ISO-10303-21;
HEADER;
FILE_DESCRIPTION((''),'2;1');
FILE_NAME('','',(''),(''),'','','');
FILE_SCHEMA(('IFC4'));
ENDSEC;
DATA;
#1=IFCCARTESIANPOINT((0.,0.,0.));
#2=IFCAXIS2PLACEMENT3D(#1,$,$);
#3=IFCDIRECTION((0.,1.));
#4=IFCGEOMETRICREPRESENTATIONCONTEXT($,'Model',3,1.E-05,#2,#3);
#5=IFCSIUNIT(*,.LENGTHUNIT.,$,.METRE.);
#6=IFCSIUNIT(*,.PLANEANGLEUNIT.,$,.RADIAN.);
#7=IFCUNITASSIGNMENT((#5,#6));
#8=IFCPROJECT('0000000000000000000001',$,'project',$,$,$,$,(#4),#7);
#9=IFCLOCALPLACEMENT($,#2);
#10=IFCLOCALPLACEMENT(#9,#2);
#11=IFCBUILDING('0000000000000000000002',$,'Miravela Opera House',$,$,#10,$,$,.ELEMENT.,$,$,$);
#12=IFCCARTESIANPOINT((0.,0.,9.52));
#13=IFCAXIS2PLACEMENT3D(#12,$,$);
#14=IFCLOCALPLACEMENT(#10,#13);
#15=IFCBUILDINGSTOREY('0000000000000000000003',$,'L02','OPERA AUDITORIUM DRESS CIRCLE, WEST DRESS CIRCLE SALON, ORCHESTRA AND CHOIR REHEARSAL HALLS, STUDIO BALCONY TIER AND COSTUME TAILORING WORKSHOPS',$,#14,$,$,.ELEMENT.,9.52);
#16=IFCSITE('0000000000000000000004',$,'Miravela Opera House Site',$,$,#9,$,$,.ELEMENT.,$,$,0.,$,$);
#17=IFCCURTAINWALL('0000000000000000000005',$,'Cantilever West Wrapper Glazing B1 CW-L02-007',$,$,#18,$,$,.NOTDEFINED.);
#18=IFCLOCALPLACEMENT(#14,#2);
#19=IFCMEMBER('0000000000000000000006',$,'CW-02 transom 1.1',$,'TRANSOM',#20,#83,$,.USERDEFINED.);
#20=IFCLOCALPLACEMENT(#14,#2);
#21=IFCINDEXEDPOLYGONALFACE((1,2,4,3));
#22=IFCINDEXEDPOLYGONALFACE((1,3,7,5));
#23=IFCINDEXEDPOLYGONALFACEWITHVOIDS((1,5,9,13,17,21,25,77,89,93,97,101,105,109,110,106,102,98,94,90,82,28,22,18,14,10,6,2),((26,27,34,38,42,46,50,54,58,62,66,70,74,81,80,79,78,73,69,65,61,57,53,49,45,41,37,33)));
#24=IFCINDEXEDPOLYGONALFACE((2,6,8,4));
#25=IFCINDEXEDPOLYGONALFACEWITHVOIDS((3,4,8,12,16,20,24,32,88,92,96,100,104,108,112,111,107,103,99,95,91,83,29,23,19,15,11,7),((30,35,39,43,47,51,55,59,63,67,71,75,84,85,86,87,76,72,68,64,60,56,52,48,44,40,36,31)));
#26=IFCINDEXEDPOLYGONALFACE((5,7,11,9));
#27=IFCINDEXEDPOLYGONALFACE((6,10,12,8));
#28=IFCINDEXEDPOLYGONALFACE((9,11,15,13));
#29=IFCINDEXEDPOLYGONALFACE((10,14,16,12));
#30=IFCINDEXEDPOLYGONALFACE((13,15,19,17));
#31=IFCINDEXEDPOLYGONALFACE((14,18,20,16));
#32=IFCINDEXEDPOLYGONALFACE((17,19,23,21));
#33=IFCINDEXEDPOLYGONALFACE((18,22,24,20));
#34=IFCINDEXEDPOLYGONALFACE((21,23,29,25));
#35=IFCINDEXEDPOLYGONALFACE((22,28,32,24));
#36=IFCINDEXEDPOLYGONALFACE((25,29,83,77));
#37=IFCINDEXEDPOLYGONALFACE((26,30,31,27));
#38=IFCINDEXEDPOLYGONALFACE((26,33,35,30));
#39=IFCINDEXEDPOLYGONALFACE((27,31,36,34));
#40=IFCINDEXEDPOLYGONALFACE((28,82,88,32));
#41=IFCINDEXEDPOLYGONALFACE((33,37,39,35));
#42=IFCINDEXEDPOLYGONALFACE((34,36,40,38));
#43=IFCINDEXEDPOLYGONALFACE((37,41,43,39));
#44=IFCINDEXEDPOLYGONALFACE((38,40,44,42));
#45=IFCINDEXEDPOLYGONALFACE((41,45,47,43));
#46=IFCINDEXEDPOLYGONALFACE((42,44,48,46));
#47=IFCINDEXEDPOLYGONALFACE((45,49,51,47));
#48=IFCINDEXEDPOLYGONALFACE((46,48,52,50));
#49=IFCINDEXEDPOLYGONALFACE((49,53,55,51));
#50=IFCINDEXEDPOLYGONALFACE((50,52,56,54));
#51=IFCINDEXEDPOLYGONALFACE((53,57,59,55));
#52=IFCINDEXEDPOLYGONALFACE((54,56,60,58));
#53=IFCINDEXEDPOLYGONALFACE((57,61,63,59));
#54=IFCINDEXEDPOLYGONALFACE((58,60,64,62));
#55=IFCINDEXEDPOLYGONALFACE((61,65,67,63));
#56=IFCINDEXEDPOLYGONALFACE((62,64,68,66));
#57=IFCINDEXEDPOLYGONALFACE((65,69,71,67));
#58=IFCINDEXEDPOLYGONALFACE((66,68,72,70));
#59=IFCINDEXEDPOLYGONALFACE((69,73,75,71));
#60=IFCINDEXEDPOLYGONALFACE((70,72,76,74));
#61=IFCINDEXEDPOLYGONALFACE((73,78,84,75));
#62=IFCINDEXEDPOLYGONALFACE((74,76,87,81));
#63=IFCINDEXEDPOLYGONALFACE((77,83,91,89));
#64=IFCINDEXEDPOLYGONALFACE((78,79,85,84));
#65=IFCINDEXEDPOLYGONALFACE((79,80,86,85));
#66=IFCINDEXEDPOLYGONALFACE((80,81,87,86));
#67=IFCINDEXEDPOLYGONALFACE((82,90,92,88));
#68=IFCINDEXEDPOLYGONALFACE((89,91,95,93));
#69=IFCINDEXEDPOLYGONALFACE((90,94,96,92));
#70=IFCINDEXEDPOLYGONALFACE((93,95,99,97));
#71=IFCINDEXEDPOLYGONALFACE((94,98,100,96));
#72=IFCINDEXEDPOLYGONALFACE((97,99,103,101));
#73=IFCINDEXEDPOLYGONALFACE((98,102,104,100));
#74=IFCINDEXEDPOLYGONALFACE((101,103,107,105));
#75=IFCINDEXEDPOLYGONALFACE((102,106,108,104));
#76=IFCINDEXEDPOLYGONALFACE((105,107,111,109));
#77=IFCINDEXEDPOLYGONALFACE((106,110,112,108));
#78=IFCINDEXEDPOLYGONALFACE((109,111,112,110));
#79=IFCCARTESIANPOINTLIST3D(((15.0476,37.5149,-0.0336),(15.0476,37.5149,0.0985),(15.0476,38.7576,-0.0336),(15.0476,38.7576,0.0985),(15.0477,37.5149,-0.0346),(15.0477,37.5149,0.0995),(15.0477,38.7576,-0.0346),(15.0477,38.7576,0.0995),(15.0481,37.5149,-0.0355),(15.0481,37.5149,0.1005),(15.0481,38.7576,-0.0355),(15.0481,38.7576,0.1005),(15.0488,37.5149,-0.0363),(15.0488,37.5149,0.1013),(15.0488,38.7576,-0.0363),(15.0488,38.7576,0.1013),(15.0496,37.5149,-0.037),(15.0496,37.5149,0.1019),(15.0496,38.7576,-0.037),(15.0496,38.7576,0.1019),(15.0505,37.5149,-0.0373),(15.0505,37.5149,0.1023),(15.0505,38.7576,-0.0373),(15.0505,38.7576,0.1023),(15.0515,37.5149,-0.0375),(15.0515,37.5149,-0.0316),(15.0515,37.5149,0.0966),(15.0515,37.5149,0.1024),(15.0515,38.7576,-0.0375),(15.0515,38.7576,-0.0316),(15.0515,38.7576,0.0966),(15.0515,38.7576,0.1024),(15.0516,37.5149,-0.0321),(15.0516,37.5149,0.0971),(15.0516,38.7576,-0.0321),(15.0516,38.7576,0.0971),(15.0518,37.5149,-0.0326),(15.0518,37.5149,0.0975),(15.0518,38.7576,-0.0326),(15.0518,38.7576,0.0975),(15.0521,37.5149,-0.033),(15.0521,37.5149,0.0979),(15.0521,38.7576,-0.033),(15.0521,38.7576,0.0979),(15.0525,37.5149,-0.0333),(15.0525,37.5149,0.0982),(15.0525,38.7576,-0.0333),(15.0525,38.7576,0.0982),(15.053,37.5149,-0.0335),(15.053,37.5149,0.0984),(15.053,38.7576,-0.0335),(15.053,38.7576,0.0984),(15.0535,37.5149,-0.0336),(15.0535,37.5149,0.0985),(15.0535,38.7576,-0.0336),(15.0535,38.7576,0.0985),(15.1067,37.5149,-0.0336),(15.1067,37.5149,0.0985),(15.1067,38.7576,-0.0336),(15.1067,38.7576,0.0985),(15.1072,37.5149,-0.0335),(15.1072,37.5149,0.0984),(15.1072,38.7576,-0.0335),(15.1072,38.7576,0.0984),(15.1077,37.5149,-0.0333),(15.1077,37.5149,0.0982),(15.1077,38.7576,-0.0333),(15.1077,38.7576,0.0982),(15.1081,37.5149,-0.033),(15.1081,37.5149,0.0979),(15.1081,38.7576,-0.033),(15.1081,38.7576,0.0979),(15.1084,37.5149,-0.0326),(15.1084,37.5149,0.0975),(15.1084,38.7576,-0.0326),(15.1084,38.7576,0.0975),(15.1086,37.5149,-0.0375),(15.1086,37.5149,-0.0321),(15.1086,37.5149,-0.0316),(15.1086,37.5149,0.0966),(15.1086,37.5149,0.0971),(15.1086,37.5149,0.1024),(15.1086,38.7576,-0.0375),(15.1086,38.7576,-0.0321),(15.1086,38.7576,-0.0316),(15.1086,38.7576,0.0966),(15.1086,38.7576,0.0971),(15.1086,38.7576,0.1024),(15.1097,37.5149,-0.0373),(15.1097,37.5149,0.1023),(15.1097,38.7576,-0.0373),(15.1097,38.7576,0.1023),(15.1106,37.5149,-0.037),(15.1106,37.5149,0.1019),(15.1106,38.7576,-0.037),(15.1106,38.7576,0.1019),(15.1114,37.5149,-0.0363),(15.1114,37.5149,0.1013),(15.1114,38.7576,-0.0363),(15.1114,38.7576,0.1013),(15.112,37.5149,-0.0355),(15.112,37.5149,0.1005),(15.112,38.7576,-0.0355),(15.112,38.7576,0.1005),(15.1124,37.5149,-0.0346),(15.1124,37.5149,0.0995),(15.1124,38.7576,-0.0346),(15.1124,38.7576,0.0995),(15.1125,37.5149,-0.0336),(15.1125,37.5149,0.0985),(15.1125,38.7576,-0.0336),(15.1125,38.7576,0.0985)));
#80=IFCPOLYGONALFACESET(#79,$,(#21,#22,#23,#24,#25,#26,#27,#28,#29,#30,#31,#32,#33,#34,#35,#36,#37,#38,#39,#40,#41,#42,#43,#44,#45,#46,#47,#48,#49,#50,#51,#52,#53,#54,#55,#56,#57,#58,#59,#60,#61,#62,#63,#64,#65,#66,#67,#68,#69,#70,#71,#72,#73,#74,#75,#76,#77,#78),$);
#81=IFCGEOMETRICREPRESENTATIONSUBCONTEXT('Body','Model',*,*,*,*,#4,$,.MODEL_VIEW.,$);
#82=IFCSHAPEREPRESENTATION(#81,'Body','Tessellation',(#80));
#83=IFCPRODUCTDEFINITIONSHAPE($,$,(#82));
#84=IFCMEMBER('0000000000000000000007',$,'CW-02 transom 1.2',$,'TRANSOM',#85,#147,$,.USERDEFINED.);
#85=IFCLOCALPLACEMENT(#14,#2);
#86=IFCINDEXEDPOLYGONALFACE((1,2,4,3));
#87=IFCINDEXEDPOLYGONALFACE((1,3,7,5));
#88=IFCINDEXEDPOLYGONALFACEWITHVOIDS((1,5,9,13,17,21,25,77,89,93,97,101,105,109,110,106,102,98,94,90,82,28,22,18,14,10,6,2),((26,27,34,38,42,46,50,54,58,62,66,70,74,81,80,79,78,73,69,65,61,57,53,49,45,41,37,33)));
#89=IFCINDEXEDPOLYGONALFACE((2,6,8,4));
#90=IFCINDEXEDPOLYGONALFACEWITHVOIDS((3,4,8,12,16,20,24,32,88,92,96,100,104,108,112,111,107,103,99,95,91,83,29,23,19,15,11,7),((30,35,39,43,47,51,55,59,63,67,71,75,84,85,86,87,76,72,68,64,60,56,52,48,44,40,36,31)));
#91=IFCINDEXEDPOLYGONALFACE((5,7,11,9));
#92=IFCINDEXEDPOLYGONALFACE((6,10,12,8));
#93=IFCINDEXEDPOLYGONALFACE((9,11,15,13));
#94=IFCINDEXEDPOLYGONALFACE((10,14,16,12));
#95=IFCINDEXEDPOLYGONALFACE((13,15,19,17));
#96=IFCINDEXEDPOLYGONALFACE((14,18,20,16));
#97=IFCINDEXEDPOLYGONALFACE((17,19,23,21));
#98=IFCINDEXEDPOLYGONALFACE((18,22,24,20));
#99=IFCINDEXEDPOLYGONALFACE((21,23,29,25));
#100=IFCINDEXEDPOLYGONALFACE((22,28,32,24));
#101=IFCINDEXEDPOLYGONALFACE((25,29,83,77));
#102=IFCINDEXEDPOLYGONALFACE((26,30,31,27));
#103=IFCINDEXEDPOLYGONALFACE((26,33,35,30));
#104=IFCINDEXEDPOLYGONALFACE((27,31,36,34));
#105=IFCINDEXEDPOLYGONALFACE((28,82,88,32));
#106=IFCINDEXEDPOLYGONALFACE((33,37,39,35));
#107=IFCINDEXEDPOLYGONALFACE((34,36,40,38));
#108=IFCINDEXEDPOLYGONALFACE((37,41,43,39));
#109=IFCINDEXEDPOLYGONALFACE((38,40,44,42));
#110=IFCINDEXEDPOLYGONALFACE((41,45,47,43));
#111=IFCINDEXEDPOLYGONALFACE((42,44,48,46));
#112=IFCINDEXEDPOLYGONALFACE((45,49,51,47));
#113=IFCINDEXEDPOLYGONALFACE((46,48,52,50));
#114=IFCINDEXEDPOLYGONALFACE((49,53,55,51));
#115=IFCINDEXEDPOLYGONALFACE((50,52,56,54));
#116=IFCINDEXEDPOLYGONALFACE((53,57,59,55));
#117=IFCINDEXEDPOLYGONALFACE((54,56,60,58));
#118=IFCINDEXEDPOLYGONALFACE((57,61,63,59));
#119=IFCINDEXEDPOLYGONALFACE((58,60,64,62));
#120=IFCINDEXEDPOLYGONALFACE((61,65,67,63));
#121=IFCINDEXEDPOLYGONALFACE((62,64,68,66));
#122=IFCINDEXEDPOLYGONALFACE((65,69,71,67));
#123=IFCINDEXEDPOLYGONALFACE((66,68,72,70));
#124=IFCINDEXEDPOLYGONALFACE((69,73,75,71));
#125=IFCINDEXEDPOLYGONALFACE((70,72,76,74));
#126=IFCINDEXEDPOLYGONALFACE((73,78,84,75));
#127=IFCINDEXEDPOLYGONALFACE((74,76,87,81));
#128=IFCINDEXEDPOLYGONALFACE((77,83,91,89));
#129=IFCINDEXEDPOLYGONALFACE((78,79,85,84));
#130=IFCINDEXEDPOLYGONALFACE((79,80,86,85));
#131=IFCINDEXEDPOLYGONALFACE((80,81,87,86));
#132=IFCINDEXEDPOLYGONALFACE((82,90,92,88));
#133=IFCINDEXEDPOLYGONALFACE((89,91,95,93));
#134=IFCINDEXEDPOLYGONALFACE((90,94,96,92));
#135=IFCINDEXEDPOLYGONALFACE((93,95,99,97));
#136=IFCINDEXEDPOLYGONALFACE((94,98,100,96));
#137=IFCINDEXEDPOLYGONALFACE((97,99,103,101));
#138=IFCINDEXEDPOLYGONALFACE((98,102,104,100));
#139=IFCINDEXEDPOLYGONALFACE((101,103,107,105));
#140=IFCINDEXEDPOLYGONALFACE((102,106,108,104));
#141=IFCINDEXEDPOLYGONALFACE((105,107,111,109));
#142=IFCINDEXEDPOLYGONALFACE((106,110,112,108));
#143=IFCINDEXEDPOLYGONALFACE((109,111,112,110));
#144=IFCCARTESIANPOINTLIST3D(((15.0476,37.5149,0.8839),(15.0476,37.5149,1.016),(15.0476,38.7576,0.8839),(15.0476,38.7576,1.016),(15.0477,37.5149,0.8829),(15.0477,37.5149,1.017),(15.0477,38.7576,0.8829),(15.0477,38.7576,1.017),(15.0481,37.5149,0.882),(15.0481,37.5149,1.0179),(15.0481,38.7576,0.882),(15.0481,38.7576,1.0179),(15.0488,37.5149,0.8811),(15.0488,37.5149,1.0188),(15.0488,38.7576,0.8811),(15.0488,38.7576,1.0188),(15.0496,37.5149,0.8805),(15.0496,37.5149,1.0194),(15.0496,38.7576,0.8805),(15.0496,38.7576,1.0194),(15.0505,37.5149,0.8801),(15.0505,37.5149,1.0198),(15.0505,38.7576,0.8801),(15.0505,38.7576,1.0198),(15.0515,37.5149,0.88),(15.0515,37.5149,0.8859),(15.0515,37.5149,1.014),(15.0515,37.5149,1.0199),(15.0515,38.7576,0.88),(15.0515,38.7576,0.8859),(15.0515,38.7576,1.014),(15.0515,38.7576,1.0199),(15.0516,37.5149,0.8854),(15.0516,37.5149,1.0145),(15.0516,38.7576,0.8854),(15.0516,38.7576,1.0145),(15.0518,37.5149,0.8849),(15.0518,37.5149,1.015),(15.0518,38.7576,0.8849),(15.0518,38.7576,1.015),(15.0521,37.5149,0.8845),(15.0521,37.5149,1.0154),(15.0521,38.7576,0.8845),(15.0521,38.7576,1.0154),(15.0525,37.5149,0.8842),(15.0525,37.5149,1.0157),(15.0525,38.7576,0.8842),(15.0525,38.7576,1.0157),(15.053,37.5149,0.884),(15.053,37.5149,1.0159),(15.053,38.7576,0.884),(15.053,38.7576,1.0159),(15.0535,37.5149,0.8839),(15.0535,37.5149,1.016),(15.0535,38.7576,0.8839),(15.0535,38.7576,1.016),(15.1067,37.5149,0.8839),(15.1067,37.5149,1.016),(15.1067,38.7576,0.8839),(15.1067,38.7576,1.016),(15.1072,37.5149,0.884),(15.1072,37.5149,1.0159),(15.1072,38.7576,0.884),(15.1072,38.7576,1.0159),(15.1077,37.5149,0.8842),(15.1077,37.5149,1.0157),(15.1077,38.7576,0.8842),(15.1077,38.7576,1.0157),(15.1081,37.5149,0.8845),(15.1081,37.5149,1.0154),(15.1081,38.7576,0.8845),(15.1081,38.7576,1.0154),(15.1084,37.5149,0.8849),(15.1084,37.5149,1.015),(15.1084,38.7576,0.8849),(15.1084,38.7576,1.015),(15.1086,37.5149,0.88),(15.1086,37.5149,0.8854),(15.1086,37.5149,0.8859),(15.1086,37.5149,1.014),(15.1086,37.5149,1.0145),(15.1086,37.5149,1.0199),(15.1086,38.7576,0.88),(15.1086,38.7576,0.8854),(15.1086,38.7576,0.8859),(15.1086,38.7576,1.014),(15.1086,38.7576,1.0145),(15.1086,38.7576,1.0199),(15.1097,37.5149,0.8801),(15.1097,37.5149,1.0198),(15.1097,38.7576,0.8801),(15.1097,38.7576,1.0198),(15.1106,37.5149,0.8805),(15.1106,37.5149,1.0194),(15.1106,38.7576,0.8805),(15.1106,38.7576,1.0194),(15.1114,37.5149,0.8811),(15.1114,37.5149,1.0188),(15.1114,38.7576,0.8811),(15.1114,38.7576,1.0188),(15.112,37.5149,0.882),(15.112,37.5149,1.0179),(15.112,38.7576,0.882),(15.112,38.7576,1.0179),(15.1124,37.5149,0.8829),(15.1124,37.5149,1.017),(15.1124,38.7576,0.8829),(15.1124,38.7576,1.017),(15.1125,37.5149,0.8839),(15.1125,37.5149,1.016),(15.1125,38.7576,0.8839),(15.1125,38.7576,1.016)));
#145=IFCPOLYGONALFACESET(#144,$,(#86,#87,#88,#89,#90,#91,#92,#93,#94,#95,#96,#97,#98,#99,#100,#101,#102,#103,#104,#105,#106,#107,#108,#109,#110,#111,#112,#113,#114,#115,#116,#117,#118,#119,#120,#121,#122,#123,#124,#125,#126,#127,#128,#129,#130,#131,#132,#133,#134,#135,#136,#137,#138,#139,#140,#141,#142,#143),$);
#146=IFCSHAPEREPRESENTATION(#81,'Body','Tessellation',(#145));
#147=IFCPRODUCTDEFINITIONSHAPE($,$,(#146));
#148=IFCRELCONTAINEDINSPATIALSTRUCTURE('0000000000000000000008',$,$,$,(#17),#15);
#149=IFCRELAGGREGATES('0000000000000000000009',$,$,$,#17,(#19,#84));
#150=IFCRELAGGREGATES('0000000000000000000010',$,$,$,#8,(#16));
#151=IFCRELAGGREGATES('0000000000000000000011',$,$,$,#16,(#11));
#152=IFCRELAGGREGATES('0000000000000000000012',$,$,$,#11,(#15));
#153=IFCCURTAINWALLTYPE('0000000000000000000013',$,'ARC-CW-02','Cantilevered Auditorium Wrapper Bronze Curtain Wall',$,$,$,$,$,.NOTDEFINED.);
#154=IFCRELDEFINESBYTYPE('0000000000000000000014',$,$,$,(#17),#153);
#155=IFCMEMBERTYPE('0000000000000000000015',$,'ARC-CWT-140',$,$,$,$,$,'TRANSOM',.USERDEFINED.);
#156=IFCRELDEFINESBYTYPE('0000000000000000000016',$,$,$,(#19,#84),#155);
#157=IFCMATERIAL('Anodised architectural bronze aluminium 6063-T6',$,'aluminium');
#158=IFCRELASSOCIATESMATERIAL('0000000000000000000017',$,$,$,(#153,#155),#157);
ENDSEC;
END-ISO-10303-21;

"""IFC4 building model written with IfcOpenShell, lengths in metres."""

from ifc_helpers import new_model, si_unit, direction, frame, origin, origin_2d, place, context, subcontext, project, spatial, hollow_rectangle, extrude, material, material_profile, profile_set, type_object, element, aggregate, save


model = new_model("IFC4")

# Units and contexts
model_context = context("Model", 3, precision=1e-05, world=origin(), true_north=direction((0.0, 1.0)))
body_context = subcontext(model_context, "Body", "Model", "MODEL_VIEW")
ifc_project = project(units=[si_unit("LENGTHUNIT", "METRE"), si_unit("PLANEANGLEUNIT", "RADIAN")], contexts=[model_context])

# Site, building, storey
site_placement = place(None, origin())
site = spatial("IfcSite", under=ifc_project, at=site_placement, Name="Miravela Opera House Site", CompositionType="ELEMENT", RefElevation=0.0)
building_placement = place(site_placement, origin())
building = spatial("IfcBuilding", under=site, at=building_placement, Name="Miravela Opera House", CompositionType="ELEMENT")
storey_placement = place(building_placement, frame((0.0, 0.0, 9.52)))
storey = spatial("IfcBuildingStorey", under=building, at=storey_placement, Name="L02", Description="OPERA AUDITORIUM DRESS CIRCLE, WEST DRESS CIRCLE SALON, ORCHESTRA AND CHOIR REHEARSAL HALLS, STUDIO BALCONY TIER AND COSTUME TAILORING WORKSHOPS", CompositionType="ELEMENT", Elevation=9.52)

# Curtain wall, members
ifc_material_1 = material(Name="Anodised architectural bronze aluminium 6063-T6", Category="aluminium")
curtain_wall_type = type_object("IfcCurtainWallType", Name="ARC-CW-02", Description="Cantilevered Auditorium Wrapper Bronze Curtain Wall", PredefinedType="NOTDEFINED", material=ifc_material_1)
curtain_wall_placement = place(storey_placement, origin())
curtain_wall = element("IfcCurtainWall", 1, at=curtain_wall_placement, inside=storey, type_object=curtain_wall_type, Name="Cantilever West Wrapper Glazing B1 CW-L02-007", PredefinedType="NOTDEFINED")
ifc_material_profile_1 = material_profile(ifc_material_1, hollow_rectangle(XDim=0.0649, YDim=0.1399, WallThickness=0.0039, InnerFilletRadius=0.002, OuterFilletRadius=0.0039, at=origin_2d()), Name="CWT-65X140")
ifc_profile_set_1 = profile_set([ifc_material_profile_1])
member_type_1 = type_object("IfcMemberType", Name="ARC-CWT-140", ElementType="TRANSOM", PredefinedType="USERDEFINED", material=ifc_profile_set_1)
member_1_placement = place(storey_placement, frame((15.0801, 37.5149, 0.0325), z_axis=(0.0, 1.0, 0.0), x_axis=(-1.0, 0.0, 0.0)))
member_1 = element("IfcMember", 2, at=member_1_placement, type_object=member_type_1, Name="CW-02 transom 1.1", ObjectType="TRANSOM", PredefinedType="USERDEFINED", context=body_context, shape_type="SweptSolid", body=[
    extrude(hollow_rectangle(XDim=0.0649, YDim=0.1399, WallThickness=0.0039, InnerFilletRadius=0.002, OuterFilletRadius=0.0039, at=origin_2d()), origin(), (0.0, 0.0, 1.0), 1.2427),
])
member_2_placement = place(storey_placement, frame((15.0801, 37.5149, 0.95), z_axis=(0.0, 1.0, 0.0), x_axis=(-1.0, 0.0, 0.0)))
member_2 = element("IfcMember", 3, at=member_2_placement, type_object=member_type_1, Name="CW-02 transom 1.2", ObjectType="TRANSOM", PredefinedType="USERDEFINED", context=body_context, shape_type="SweptSolid", body=[
    extrude(hollow_rectangle(XDim=0.0649, YDim=0.1399, WallThickness=0.0039, InnerFilletRadius=0.002, OuterFilletRadius=0.0039, at=origin_2d()), origin(), (0.0, 0.0, 1.0), 1.2427),
])

aggregate(curtain_wall, [member_1, member_2])

save(model, "model.ifc")
